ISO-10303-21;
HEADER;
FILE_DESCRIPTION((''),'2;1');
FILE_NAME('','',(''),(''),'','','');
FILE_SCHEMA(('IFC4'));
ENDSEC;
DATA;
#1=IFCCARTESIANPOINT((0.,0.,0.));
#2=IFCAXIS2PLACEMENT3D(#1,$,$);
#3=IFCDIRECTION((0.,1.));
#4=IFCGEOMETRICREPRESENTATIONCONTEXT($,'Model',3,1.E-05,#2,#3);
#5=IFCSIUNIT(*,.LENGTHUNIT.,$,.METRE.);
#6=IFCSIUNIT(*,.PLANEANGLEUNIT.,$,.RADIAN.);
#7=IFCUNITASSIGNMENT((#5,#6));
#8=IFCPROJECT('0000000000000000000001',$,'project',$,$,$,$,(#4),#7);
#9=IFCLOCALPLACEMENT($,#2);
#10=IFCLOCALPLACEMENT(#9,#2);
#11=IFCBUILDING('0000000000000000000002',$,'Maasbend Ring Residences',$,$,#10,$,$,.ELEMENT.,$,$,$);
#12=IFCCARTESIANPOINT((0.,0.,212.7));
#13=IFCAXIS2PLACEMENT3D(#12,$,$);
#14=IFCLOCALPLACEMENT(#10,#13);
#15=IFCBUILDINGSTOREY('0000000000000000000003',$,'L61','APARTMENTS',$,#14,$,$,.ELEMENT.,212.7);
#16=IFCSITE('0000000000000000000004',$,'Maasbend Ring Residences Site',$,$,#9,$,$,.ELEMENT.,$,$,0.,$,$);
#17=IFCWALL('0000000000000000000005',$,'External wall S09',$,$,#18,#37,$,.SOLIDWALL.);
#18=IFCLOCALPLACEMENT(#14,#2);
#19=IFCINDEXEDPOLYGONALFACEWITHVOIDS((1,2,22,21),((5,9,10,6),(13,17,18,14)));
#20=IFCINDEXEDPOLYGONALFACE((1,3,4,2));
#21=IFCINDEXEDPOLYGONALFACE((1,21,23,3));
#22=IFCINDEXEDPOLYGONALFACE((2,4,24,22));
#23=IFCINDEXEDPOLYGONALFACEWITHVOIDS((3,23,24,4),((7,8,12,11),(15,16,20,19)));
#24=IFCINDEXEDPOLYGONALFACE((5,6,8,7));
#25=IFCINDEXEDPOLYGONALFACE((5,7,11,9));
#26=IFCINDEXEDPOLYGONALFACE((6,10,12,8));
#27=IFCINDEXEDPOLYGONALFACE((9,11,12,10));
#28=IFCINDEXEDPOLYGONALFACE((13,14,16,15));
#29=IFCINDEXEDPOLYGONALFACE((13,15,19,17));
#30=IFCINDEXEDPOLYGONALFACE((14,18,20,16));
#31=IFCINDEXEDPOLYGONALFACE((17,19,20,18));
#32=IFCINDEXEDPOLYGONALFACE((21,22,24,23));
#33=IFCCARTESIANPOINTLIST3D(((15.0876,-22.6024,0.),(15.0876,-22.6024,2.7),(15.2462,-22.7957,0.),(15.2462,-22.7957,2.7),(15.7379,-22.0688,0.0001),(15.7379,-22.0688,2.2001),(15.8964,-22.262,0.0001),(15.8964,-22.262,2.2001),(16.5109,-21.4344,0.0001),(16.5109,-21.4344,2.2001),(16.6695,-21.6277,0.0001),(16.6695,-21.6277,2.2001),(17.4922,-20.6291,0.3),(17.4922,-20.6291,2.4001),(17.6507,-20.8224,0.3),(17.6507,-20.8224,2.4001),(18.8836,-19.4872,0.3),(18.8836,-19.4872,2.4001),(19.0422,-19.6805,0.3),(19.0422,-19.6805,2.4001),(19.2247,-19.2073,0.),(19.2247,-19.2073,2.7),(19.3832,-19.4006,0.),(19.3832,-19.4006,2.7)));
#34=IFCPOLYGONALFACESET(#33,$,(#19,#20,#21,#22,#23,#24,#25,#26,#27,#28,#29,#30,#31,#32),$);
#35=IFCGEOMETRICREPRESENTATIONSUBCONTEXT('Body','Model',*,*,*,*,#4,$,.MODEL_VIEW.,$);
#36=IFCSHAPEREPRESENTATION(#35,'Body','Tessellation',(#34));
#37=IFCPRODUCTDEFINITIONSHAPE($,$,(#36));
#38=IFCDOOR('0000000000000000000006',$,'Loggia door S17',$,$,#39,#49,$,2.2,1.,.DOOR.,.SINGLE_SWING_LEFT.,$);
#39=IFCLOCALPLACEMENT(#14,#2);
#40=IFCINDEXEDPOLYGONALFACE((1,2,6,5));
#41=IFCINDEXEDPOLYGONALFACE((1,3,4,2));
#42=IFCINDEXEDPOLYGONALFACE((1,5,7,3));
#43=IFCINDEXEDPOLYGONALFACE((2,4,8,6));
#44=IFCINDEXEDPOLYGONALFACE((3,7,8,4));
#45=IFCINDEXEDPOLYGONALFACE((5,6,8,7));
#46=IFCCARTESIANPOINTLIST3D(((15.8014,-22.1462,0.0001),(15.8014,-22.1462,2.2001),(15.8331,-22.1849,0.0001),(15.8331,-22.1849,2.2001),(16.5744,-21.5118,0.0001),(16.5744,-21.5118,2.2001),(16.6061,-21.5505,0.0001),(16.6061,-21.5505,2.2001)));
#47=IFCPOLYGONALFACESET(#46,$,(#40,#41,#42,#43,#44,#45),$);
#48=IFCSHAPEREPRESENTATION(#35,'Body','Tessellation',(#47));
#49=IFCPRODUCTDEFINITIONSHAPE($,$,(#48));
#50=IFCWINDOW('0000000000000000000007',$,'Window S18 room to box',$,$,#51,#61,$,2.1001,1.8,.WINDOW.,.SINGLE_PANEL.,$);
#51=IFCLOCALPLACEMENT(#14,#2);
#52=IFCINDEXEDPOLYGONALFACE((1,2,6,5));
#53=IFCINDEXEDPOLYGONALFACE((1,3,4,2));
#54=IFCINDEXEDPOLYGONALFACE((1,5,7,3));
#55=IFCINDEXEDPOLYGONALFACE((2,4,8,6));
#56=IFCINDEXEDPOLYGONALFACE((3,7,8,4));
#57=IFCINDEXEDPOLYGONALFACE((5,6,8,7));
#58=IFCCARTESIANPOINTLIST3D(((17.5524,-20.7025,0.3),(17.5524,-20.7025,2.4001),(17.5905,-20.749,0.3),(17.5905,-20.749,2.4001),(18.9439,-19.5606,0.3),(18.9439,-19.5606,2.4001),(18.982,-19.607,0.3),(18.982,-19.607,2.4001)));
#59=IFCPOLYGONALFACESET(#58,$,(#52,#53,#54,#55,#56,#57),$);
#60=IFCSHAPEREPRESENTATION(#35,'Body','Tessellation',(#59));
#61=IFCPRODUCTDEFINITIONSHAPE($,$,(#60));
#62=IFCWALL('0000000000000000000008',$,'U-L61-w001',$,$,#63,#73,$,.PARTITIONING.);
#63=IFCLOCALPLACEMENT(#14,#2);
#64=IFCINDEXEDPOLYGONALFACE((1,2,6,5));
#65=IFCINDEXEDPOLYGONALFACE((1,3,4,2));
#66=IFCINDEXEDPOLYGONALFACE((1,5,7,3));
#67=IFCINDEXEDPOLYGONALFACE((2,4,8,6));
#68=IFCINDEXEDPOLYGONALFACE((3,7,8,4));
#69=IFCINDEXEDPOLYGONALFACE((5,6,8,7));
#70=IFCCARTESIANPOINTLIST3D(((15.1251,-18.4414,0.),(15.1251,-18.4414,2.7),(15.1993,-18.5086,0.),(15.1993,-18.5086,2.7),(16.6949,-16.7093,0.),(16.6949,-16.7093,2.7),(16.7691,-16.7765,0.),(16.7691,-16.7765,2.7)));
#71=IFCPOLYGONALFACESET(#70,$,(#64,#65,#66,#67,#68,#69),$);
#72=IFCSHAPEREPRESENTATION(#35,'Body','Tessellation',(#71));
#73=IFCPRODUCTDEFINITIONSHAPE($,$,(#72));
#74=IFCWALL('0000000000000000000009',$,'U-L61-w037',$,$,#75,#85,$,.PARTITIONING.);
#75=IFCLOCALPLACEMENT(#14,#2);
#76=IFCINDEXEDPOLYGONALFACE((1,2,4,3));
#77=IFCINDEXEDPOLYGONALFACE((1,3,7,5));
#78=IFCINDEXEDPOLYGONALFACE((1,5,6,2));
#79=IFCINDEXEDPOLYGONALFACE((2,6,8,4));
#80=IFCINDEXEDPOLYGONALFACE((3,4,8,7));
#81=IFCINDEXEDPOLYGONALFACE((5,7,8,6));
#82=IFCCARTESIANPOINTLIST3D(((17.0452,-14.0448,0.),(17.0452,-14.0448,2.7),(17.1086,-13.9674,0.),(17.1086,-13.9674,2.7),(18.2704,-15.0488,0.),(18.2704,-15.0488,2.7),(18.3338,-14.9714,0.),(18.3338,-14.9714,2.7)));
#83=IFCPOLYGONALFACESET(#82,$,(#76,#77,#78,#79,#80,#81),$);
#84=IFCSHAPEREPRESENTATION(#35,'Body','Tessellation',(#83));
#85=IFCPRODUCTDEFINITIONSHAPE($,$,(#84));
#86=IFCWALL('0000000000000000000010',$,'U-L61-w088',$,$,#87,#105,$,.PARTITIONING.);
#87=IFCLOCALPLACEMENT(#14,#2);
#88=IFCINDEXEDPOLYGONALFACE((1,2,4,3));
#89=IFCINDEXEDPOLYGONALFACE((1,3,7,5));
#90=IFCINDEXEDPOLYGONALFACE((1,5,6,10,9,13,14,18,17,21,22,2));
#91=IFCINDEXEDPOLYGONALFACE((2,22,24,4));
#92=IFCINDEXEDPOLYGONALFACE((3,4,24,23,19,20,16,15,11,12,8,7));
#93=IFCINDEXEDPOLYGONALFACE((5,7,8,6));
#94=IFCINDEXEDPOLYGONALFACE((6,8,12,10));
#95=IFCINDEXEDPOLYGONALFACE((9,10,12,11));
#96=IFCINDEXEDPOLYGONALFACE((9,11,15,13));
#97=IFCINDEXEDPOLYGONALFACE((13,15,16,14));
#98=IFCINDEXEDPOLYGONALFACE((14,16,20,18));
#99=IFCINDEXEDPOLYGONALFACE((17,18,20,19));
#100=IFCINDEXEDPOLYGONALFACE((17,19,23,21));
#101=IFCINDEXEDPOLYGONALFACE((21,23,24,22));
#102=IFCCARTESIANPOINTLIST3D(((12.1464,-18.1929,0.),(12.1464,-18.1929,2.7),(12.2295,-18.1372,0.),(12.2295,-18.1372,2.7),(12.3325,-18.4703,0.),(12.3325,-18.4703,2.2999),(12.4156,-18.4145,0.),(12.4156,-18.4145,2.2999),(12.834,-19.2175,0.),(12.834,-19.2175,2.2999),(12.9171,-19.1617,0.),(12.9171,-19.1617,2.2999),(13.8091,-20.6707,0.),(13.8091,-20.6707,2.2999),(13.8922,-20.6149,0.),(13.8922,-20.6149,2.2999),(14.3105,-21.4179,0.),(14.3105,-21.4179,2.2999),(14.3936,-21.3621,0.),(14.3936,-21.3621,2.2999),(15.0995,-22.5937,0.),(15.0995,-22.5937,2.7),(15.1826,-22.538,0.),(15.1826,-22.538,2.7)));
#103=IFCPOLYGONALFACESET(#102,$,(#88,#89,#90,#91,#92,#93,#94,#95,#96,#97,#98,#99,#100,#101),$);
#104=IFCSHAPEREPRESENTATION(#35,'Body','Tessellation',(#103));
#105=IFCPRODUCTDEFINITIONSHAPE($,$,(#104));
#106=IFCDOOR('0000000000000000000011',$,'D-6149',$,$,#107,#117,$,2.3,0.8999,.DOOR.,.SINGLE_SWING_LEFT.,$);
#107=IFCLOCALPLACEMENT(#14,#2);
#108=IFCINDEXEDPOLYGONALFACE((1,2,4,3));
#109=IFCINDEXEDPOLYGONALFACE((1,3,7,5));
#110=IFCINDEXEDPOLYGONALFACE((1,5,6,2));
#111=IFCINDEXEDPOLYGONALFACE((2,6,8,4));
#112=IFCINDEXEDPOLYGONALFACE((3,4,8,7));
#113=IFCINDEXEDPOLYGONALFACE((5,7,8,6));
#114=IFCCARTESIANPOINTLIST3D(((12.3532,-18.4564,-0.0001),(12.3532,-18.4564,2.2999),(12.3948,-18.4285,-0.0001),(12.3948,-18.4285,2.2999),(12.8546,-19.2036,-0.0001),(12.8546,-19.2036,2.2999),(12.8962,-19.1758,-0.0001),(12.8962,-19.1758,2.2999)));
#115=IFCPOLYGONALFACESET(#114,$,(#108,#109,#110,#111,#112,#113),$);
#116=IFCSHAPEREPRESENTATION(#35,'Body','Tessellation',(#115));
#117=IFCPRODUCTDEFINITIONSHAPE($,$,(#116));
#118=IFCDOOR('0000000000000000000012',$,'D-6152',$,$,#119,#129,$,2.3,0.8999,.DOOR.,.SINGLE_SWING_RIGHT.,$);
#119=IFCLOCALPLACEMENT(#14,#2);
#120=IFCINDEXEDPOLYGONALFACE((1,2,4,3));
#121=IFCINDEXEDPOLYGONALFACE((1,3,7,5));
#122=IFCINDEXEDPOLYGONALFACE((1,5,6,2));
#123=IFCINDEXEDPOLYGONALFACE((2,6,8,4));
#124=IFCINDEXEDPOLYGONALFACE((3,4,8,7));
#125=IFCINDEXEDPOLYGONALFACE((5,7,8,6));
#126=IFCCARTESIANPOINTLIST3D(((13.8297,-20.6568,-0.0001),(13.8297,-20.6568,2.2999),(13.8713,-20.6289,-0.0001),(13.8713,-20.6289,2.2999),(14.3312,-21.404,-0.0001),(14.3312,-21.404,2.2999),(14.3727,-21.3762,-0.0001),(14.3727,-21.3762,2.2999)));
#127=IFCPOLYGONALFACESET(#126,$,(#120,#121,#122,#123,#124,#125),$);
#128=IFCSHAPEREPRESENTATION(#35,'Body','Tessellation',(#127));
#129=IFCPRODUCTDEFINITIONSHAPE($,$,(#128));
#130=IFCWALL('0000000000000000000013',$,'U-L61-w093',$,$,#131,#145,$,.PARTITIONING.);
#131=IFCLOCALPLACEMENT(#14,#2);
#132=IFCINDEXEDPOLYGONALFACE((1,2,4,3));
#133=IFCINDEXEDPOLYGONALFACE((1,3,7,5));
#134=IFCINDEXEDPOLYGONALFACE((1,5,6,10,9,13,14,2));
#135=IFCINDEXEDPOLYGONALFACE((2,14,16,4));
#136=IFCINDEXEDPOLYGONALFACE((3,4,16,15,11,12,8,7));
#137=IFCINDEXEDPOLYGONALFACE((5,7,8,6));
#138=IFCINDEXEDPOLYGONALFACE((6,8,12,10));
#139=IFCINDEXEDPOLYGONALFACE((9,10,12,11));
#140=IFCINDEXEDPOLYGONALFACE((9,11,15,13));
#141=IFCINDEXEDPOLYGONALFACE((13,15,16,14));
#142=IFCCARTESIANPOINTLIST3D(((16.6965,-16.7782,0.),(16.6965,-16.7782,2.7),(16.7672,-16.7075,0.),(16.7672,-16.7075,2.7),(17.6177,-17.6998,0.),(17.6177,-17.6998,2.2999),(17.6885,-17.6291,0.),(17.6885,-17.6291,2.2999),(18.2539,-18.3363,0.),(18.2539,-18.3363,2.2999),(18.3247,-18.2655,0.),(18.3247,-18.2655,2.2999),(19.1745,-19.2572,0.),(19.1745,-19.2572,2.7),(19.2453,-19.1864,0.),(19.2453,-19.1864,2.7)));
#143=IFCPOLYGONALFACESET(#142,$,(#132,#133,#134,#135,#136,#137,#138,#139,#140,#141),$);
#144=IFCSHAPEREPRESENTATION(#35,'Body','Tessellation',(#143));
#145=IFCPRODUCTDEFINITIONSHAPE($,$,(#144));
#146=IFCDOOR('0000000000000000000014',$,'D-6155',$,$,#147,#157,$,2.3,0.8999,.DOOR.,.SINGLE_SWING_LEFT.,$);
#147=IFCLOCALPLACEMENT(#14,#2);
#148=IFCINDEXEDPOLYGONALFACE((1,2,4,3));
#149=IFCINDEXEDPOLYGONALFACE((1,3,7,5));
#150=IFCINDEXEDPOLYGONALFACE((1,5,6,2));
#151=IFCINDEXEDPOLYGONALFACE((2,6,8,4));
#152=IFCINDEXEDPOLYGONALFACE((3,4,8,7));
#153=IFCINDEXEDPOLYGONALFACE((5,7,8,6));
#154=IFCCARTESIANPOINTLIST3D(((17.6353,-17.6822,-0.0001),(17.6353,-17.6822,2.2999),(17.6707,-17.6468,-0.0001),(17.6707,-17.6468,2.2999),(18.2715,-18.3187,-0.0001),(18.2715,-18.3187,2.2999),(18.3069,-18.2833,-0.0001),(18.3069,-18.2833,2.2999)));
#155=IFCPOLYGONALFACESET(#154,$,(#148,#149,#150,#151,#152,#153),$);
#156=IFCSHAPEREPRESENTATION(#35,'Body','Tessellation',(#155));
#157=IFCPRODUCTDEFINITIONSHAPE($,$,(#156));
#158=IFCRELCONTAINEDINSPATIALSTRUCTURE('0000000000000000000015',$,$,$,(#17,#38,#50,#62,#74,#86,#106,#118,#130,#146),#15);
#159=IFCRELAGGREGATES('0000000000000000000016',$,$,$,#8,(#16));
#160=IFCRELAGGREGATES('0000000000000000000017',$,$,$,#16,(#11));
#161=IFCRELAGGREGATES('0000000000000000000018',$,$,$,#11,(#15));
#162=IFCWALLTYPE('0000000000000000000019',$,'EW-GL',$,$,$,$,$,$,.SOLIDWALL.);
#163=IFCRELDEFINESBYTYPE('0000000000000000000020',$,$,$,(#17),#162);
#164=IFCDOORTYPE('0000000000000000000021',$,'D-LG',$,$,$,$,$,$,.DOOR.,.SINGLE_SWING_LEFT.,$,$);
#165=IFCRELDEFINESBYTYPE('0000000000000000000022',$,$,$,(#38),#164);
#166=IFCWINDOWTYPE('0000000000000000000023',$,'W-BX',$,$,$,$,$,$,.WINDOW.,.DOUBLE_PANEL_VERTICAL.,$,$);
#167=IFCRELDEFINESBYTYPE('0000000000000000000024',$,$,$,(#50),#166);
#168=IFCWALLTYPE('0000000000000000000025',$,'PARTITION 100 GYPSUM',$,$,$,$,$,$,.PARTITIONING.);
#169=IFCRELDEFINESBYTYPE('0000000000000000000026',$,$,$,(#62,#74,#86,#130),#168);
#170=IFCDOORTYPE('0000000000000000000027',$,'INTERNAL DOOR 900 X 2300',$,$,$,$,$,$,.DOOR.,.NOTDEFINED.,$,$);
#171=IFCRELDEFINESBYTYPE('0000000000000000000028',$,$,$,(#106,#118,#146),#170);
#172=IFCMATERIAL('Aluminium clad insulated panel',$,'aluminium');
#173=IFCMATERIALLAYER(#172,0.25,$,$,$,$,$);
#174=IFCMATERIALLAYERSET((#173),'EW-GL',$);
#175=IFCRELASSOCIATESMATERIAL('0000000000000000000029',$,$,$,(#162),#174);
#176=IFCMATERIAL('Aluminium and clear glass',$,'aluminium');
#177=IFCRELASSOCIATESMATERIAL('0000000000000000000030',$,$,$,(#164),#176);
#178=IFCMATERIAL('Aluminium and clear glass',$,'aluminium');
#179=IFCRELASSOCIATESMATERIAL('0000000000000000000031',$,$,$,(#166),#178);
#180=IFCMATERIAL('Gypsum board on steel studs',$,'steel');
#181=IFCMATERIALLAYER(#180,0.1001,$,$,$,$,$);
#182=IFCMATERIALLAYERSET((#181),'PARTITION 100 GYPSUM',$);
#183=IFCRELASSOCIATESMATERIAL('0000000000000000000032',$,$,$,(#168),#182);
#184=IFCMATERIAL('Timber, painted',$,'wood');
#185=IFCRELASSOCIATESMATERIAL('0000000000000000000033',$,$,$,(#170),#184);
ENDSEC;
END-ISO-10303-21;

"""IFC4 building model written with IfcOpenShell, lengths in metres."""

from ifc_helpers import new_model, si_unit, direction, frame, frame_2d, origin, place, context, subcontext, project, spatial, rectangle, extrude, material, layer, layer_set, type_object, element, fill, save


model = new_model("IFC4")

# Units and contexts
model_context = context("Model", 3, precision=1e-05, world=origin(), true_north=direction((0.0, 1.0)))
body_context = subcontext(model_context, "Body", "Model", "MODEL_VIEW")
ifc_project = project(units=[si_unit("LENGTHUNIT", "METRE"), si_unit("PLANEANGLEUNIT", "RADIAN")], contexts=[model_context])

# Site, building, storey
site_placement = place(None, origin())
site = spatial("IfcSite", under=ifc_project, at=site_placement, Name="Maasbend Ring Residences Site", CompositionType="ELEMENT", RefElevation=0.0)
building_placement = place(site_placement, origin())
building = spatial("IfcBuilding", under=site, at=building_placement, Name="Maasbend Ring Residences", CompositionType="ELEMENT")
storey_placement = place(building_placement, frame((0.0, 0.0, 212.7)))
storey = spatial("IfcBuildingStorey", under=building, at=storey_placement, Name="L61", Description="APARTMENTS", CompositionType="ELEMENT", Elevation=212.7)

# Wall, openings, door, window
ifc_material_1 = material(Name="Aluminium clad insulated panel", Category="aluminium")
ifc_layer_1 = layer(ifc_material_1, 0.25)
ifc_layer_set_1 = layer_set([ifc_layer_1], Name="EW-GL")
wall_type_1 = type_object("IfcWallType", Name="EW-GL", PredefinedType="SOLIDWALL", material=ifc_layer_set_1)
wall_1_placement = place(storey_placement, frame((15.167, -22.699, 0.0), z_axis=(0.0, 0.0, 1.0), x_axis=(0.773019, 0.634382, 0.0)))
wall_1 = element("IfcWall", 1, at=wall_1_placement, inside=storey, type_object=wall_type_1, Name="External wall S09", PredefinedType="SOLIDWALL", context=body_context, shape_type="SweptSolid", body=[
    extrude(rectangle(XDim=5.3518, YDim=0.25, at=frame_2d((2.6758, 0.0))), origin(), (0.0, 0.0, 1.0), 2.7),
])
opening_1_placement = place(wall_1_placement, frame((0.8411, 0.0, 0.0)))
opening_1 = element("IfcOpeningElement", 2, at=opening_1_placement, cuts=wall_1, PredefinedType="OPENING", context=body_context, shape_type="SweptSolid", body=[
    extrude(rectangle(XDim=1.0, YDim=2.2, at=frame_2d((0.5, 1.1001))), frame((0.0, 0.135, 0.0), z_axis=(0.0, -1.0, 0.0), x_axis=(1.0, 0.0, 0.0)), (0.0, 0.0, 1.0), 0.27),
])
opening_2_placement = place(wall_1_placement, frame((3.1106, 0.0, 0.3)))
opening_2 = element("IfcOpeningElement", 3, at=opening_2_placement, cuts=wall_1, PredefinedType="OPENING", context=body_context, shape_type="SweptSolid", body=[
    extrude(rectangle(XDim=1.8, YDim=2.1001, at=frame_2d((0.8999, 1.05))), frame((0.0, 0.135, 0.0), z_axis=(0.0, -1.0, 0.0), x_axis=(1.0, 0.0, 0.0)), (0.0, 0.0, 1.0), 0.27),
])
ifc_material_2 = material(Name="Aluminium and clear glass", Category="aluminium")
door_type_1 = type_object("IfcDoorType", Name="D-LG", OperationType="SINGLE_SWING_LEFT", PredefinedType="DOOR", material=ifc_material_2)
door_1_placement = place(opening_1_placement, origin())
door_1 = element("IfcDoor", 4, at=door_1_placement, inside=storey, type_object=door_type_1, Name="Loggia door S17", OperationType="SINGLE_SWING_LEFT", OverallHeight=2.2, OverallWidth=1.0, PredefinedType="DOOR", context=body_context, shape_type="SweptSolid", body=[
    extrude(rectangle(XDim=1.0, YDim=2.2, at=frame_2d((0.5, 1.1001))), frame((0.0, 0.0249, 0.0), z_axis=(0.0, -1.0, 0.0), x_axis=(1.0, 0.0, 0.0)), (0.0, 0.0, 1.0), 0.05),
])
fill(opening_1, door_1)
ifc_material_3 = material(Name="Aluminium and clear glass", Category="aluminium")
window_type_1 = type_object("IfcWindowType", Name="W-BX", PartitioningType="DOUBLE_PANEL_VERTICAL", PredefinedType="WINDOW", material=ifc_material_3)
window_1_placement = place(opening_2_placement, origin())
window_1 = element("IfcWindow", 5, at=window_1_placement, inside=storey, type_object=window_type_1, Name="Window S18 room to box", OverallHeight=2.1001, OverallWidth=1.8, PartitioningType="SINGLE_PANEL", PredefinedType="WINDOW", context=body_context, shape_type="SweptSolid", body=[
    extrude(rectangle(XDim=1.8, YDim=2.1001, at=frame_2d((0.8999, 1.05))), frame((0.0, 0.03, 0.0), z_axis=(0.0, -1.0, 0.0), x_axis=(1.0, 0.0, 0.0)), (0.0, 0.0, 1.0), 0.0601),
])
fill(opening_2, window_1)

# Walls
ifc_material_4 = material(Name="Gypsum board on steel studs", Category="steel")
ifc_layer_2 = layer(ifc_material_4, 0.1001)
ifc_layer_set_2 = layer_set([ifc_layer_2], Name="PARTITION 100 GYPSUM")
wall_type_2 = type_object("IfcWallType", Name="PARTITION 100 GYPSUM", PredefinedType="PARTITIONING", material=ifc_layer_set_2)
wall_2_placement = place(storey_placement, frame((15.1621, -18.4751, 0.0), z_axis=(0.0, 0.0, 1.0), x_axis=(0.671528, 0.740979, 0.0)))
element("IfcWall", 6, at=wall_2_placement, inside=storey, type_object=wall_type_2, Name="U-L61-w001", PredefinedType="PARTITIONING", context=body_context, shape_type="SweptSolid", body=[
    extrude(rectangle(XDim=2.3376, YDim=0.1001, at=frame_2d((1.1689, 0.0))), origin(), (0.0, 0.0, 1.0), 2.7),
])
wall_3_placement = place(storey_placement, frame((17.0769, -14.0061, 0.0), z_axis=(0.0, 0.0, 1.0), x_axis=(0.773476, -0.633825, 0.0)))
element("IfcWall", 7, at=wall_3_placement, inside=storey, type_object=wall_type_2, Name="U-L61-w037", PredefinedType="PARTITIONING", context=body_context, shape_type="SweptSolid", body=[
    extrude(rectangle(XDim=1.584, YDim=0.1001, at=frame_2d((0.792, 0.0))), origin(), (0.0, 0.0, 1.0), 2.7),
])

# Wall, openings, doors
wall_4_placement = place(storey_placement, frame((12.188, -18.165, 0.0), z_axis=(0.0, 0.0, 1.0), x_axis=(0.557206, -0.830374, 0.0)))
wall_4 = element("IfcWall", 8, at=wall_4_placement, inside=storey, type_object=wall_type_2, Name="U-L61-w088", PredefinedType="PARTITIONING", context=body_context, shape_type="SweptSolid", body=[
    extrude(rectangle(XDim=5.2998, YDim=0.1001, at=frame_2d((2.6499, 0.0))), origin(), (0.0, 0.0, 1.0), 2.7),
])
opening_3_placement = place(wall_4_placement, frame((0.334, 0.0, 0.0)))
opening_3 = element("IfcOpeningElement", 9, at=opening_3_placement, cuts=wall_4, PredefinedType="OPENING", context=body_context, shape_type="SweptSolid", body=[
    extrude(rectangle(XDim=0.8999, YDim=2.3, at=frame_2d((0.45, 1.1499))), frame((0.0, 0.0601, 0.0), z_axis=(0.0, -1.0, 0.0), x_axis=(1.0, 0.0, 0.0)), (0.0, 0.0, 1.0), 0.1201),
])
opening_4_placement = place(wall_4_placement, frame((2.9839, 0.0, 0.0)))
opening_4 = element("IfcOpeningElement", 10, at=opening_4_placement, cuts=wall_4, PredefinedType="OPENING", context=body_context, shape_type="SweptSolid", body=[
    extrude(rectangle(XDim=0.8999, YDim=2.3, at=frame_2d((0.45, 1.1499))), frame((0.0, 0.0601, 0.0), z_axis=(0.0, -1.0, 0.0), x_axis=(1.0, 0.0, 0.0)), (0.0, 0.0, 1.0), 0.1201),
])
ifc_material_5 = material(Name="Timber, painted", Category="wood")
door_type_2 = type_object("IfcDoorType", Name="INTERNAL DOOR 900 X 2300", OperationType="NOTDEFINED", PredefinedType="DOOR", material=ifc_material_5)
door_2_placement = place(opening_3_placement, origin())
door_2 = element("IfcDoor", 11, at=door_2_placement, inside=storey, type_object=door_type_2, Name="D-6149", OperationType="SINGLE_SWING_LEFT", OverallHeight=2.3, OverallWidth=0.8999, PredefinedType="DOOR", context=body_context, shape_type="SweptSolid", body=[
    extrude(rectangle(XDim=0.8999, YDim=2.3, at=frame_2d((0.45, 1.1499))), frame((0.0, 0.0249, 0.0), z_axis=(0.0, -1.0, 0.0), x_axis=(1.0, 0.0, 0.0)), (0.0, 0.0, 1.0), 0.05),
])
fill(opening_3, door_2)
door_3_placement = place(opening_4_placement, origin())
door_3 = element("IfcDoor", 12, at=door_3_placement, inside=storey, type_object=door_type_2, Name="D-6152", OperationType="SINGLE_SWING_RIGHT", OverallHeight=2.3, OverallWidth=0.8999, PredefinedType="DOOR", context=body_context, shape_type="SweptSolid", body=[
    extrude(rectangle(XDim=0.8999, YDim=2.3, at=frame_2d((0.45, 1.1499))), frame((0.0, 0.0249, 0.0), z_axis=(0.0, -1.0, 0.0), x_axis=(1.0, 0.0, 0.0)), (0.0, 0.0, 1.0), 0.05),
])
fill(opening_4, door_3)

# Wall, opening, door
wall_5_placement = place(storey_placement, frame((16.7319, -16.7429, 0.0), z_axis=(0.0, 0.0, 1.0), x_axis=(0.706967, -0.707246, 0.0)))
wall_5 = element("IfcWall", 13, at=wall_5_placement, inside=storey, type_object=wall_type_2, Name="U-L61-w093", PredefinedType="PARTITIONING", context=body_context, shape_type="SweptSolid", body=[
    extrude(rectangle(XDim=3.5051, YDim=0.1001, at=frame_2d((1.7524, 0.0))), origin(), (0.0, 0.0, 1.0), 2.7),
])
opening_5_placement = place(wall_5_placement, frame((1.303, 0.0, 0.0)))
opening_5 = element("IfcOpeningElement", 14, at=opening_5_placement, cuts=wall_5, PredefinedType="OPENING", context=body_context, shape_type="SweptSolid", body=[
    extrude(rectangle(XDim=0.8999, YDim=2.3, at=frame_2d((0.45, 1.1499))), frame((0.0, 0.0601, 0.0), z_axis=(0.0, -1.0, 0.0), x_axis=(1.0, 0.0, 0.0)), (0.0, 0.0, 1.0), 0.1201),
])
door_4_placement = place(opening_5_placement, origin())
door_4 = element("IfcDoor", 15, at=door_4_placement, inside=storey, type_object=door_type_2, Name="D-6155", OperationType="SINGLE_SWING_LEFT", OverallHeight=2.3, OverallWidth=0.8999, PredefinedType="DOOR", context=body_context, shape_type="SweptSolid", body=[
    extrude(rectangle(XDim=0.8999, YDim=2.3, at=frame_2d((0.45, 1.1499))), frame((0.0, 0.0249, 0.0), z_axis=(0.0, -1.0, 0.0), x_axis=(1.0, 0.0, 0.0)), (0.0, 0.0, 1.0), 0.05),
])
fill(opening_5, door_4)

save(model, "model.ifc")
